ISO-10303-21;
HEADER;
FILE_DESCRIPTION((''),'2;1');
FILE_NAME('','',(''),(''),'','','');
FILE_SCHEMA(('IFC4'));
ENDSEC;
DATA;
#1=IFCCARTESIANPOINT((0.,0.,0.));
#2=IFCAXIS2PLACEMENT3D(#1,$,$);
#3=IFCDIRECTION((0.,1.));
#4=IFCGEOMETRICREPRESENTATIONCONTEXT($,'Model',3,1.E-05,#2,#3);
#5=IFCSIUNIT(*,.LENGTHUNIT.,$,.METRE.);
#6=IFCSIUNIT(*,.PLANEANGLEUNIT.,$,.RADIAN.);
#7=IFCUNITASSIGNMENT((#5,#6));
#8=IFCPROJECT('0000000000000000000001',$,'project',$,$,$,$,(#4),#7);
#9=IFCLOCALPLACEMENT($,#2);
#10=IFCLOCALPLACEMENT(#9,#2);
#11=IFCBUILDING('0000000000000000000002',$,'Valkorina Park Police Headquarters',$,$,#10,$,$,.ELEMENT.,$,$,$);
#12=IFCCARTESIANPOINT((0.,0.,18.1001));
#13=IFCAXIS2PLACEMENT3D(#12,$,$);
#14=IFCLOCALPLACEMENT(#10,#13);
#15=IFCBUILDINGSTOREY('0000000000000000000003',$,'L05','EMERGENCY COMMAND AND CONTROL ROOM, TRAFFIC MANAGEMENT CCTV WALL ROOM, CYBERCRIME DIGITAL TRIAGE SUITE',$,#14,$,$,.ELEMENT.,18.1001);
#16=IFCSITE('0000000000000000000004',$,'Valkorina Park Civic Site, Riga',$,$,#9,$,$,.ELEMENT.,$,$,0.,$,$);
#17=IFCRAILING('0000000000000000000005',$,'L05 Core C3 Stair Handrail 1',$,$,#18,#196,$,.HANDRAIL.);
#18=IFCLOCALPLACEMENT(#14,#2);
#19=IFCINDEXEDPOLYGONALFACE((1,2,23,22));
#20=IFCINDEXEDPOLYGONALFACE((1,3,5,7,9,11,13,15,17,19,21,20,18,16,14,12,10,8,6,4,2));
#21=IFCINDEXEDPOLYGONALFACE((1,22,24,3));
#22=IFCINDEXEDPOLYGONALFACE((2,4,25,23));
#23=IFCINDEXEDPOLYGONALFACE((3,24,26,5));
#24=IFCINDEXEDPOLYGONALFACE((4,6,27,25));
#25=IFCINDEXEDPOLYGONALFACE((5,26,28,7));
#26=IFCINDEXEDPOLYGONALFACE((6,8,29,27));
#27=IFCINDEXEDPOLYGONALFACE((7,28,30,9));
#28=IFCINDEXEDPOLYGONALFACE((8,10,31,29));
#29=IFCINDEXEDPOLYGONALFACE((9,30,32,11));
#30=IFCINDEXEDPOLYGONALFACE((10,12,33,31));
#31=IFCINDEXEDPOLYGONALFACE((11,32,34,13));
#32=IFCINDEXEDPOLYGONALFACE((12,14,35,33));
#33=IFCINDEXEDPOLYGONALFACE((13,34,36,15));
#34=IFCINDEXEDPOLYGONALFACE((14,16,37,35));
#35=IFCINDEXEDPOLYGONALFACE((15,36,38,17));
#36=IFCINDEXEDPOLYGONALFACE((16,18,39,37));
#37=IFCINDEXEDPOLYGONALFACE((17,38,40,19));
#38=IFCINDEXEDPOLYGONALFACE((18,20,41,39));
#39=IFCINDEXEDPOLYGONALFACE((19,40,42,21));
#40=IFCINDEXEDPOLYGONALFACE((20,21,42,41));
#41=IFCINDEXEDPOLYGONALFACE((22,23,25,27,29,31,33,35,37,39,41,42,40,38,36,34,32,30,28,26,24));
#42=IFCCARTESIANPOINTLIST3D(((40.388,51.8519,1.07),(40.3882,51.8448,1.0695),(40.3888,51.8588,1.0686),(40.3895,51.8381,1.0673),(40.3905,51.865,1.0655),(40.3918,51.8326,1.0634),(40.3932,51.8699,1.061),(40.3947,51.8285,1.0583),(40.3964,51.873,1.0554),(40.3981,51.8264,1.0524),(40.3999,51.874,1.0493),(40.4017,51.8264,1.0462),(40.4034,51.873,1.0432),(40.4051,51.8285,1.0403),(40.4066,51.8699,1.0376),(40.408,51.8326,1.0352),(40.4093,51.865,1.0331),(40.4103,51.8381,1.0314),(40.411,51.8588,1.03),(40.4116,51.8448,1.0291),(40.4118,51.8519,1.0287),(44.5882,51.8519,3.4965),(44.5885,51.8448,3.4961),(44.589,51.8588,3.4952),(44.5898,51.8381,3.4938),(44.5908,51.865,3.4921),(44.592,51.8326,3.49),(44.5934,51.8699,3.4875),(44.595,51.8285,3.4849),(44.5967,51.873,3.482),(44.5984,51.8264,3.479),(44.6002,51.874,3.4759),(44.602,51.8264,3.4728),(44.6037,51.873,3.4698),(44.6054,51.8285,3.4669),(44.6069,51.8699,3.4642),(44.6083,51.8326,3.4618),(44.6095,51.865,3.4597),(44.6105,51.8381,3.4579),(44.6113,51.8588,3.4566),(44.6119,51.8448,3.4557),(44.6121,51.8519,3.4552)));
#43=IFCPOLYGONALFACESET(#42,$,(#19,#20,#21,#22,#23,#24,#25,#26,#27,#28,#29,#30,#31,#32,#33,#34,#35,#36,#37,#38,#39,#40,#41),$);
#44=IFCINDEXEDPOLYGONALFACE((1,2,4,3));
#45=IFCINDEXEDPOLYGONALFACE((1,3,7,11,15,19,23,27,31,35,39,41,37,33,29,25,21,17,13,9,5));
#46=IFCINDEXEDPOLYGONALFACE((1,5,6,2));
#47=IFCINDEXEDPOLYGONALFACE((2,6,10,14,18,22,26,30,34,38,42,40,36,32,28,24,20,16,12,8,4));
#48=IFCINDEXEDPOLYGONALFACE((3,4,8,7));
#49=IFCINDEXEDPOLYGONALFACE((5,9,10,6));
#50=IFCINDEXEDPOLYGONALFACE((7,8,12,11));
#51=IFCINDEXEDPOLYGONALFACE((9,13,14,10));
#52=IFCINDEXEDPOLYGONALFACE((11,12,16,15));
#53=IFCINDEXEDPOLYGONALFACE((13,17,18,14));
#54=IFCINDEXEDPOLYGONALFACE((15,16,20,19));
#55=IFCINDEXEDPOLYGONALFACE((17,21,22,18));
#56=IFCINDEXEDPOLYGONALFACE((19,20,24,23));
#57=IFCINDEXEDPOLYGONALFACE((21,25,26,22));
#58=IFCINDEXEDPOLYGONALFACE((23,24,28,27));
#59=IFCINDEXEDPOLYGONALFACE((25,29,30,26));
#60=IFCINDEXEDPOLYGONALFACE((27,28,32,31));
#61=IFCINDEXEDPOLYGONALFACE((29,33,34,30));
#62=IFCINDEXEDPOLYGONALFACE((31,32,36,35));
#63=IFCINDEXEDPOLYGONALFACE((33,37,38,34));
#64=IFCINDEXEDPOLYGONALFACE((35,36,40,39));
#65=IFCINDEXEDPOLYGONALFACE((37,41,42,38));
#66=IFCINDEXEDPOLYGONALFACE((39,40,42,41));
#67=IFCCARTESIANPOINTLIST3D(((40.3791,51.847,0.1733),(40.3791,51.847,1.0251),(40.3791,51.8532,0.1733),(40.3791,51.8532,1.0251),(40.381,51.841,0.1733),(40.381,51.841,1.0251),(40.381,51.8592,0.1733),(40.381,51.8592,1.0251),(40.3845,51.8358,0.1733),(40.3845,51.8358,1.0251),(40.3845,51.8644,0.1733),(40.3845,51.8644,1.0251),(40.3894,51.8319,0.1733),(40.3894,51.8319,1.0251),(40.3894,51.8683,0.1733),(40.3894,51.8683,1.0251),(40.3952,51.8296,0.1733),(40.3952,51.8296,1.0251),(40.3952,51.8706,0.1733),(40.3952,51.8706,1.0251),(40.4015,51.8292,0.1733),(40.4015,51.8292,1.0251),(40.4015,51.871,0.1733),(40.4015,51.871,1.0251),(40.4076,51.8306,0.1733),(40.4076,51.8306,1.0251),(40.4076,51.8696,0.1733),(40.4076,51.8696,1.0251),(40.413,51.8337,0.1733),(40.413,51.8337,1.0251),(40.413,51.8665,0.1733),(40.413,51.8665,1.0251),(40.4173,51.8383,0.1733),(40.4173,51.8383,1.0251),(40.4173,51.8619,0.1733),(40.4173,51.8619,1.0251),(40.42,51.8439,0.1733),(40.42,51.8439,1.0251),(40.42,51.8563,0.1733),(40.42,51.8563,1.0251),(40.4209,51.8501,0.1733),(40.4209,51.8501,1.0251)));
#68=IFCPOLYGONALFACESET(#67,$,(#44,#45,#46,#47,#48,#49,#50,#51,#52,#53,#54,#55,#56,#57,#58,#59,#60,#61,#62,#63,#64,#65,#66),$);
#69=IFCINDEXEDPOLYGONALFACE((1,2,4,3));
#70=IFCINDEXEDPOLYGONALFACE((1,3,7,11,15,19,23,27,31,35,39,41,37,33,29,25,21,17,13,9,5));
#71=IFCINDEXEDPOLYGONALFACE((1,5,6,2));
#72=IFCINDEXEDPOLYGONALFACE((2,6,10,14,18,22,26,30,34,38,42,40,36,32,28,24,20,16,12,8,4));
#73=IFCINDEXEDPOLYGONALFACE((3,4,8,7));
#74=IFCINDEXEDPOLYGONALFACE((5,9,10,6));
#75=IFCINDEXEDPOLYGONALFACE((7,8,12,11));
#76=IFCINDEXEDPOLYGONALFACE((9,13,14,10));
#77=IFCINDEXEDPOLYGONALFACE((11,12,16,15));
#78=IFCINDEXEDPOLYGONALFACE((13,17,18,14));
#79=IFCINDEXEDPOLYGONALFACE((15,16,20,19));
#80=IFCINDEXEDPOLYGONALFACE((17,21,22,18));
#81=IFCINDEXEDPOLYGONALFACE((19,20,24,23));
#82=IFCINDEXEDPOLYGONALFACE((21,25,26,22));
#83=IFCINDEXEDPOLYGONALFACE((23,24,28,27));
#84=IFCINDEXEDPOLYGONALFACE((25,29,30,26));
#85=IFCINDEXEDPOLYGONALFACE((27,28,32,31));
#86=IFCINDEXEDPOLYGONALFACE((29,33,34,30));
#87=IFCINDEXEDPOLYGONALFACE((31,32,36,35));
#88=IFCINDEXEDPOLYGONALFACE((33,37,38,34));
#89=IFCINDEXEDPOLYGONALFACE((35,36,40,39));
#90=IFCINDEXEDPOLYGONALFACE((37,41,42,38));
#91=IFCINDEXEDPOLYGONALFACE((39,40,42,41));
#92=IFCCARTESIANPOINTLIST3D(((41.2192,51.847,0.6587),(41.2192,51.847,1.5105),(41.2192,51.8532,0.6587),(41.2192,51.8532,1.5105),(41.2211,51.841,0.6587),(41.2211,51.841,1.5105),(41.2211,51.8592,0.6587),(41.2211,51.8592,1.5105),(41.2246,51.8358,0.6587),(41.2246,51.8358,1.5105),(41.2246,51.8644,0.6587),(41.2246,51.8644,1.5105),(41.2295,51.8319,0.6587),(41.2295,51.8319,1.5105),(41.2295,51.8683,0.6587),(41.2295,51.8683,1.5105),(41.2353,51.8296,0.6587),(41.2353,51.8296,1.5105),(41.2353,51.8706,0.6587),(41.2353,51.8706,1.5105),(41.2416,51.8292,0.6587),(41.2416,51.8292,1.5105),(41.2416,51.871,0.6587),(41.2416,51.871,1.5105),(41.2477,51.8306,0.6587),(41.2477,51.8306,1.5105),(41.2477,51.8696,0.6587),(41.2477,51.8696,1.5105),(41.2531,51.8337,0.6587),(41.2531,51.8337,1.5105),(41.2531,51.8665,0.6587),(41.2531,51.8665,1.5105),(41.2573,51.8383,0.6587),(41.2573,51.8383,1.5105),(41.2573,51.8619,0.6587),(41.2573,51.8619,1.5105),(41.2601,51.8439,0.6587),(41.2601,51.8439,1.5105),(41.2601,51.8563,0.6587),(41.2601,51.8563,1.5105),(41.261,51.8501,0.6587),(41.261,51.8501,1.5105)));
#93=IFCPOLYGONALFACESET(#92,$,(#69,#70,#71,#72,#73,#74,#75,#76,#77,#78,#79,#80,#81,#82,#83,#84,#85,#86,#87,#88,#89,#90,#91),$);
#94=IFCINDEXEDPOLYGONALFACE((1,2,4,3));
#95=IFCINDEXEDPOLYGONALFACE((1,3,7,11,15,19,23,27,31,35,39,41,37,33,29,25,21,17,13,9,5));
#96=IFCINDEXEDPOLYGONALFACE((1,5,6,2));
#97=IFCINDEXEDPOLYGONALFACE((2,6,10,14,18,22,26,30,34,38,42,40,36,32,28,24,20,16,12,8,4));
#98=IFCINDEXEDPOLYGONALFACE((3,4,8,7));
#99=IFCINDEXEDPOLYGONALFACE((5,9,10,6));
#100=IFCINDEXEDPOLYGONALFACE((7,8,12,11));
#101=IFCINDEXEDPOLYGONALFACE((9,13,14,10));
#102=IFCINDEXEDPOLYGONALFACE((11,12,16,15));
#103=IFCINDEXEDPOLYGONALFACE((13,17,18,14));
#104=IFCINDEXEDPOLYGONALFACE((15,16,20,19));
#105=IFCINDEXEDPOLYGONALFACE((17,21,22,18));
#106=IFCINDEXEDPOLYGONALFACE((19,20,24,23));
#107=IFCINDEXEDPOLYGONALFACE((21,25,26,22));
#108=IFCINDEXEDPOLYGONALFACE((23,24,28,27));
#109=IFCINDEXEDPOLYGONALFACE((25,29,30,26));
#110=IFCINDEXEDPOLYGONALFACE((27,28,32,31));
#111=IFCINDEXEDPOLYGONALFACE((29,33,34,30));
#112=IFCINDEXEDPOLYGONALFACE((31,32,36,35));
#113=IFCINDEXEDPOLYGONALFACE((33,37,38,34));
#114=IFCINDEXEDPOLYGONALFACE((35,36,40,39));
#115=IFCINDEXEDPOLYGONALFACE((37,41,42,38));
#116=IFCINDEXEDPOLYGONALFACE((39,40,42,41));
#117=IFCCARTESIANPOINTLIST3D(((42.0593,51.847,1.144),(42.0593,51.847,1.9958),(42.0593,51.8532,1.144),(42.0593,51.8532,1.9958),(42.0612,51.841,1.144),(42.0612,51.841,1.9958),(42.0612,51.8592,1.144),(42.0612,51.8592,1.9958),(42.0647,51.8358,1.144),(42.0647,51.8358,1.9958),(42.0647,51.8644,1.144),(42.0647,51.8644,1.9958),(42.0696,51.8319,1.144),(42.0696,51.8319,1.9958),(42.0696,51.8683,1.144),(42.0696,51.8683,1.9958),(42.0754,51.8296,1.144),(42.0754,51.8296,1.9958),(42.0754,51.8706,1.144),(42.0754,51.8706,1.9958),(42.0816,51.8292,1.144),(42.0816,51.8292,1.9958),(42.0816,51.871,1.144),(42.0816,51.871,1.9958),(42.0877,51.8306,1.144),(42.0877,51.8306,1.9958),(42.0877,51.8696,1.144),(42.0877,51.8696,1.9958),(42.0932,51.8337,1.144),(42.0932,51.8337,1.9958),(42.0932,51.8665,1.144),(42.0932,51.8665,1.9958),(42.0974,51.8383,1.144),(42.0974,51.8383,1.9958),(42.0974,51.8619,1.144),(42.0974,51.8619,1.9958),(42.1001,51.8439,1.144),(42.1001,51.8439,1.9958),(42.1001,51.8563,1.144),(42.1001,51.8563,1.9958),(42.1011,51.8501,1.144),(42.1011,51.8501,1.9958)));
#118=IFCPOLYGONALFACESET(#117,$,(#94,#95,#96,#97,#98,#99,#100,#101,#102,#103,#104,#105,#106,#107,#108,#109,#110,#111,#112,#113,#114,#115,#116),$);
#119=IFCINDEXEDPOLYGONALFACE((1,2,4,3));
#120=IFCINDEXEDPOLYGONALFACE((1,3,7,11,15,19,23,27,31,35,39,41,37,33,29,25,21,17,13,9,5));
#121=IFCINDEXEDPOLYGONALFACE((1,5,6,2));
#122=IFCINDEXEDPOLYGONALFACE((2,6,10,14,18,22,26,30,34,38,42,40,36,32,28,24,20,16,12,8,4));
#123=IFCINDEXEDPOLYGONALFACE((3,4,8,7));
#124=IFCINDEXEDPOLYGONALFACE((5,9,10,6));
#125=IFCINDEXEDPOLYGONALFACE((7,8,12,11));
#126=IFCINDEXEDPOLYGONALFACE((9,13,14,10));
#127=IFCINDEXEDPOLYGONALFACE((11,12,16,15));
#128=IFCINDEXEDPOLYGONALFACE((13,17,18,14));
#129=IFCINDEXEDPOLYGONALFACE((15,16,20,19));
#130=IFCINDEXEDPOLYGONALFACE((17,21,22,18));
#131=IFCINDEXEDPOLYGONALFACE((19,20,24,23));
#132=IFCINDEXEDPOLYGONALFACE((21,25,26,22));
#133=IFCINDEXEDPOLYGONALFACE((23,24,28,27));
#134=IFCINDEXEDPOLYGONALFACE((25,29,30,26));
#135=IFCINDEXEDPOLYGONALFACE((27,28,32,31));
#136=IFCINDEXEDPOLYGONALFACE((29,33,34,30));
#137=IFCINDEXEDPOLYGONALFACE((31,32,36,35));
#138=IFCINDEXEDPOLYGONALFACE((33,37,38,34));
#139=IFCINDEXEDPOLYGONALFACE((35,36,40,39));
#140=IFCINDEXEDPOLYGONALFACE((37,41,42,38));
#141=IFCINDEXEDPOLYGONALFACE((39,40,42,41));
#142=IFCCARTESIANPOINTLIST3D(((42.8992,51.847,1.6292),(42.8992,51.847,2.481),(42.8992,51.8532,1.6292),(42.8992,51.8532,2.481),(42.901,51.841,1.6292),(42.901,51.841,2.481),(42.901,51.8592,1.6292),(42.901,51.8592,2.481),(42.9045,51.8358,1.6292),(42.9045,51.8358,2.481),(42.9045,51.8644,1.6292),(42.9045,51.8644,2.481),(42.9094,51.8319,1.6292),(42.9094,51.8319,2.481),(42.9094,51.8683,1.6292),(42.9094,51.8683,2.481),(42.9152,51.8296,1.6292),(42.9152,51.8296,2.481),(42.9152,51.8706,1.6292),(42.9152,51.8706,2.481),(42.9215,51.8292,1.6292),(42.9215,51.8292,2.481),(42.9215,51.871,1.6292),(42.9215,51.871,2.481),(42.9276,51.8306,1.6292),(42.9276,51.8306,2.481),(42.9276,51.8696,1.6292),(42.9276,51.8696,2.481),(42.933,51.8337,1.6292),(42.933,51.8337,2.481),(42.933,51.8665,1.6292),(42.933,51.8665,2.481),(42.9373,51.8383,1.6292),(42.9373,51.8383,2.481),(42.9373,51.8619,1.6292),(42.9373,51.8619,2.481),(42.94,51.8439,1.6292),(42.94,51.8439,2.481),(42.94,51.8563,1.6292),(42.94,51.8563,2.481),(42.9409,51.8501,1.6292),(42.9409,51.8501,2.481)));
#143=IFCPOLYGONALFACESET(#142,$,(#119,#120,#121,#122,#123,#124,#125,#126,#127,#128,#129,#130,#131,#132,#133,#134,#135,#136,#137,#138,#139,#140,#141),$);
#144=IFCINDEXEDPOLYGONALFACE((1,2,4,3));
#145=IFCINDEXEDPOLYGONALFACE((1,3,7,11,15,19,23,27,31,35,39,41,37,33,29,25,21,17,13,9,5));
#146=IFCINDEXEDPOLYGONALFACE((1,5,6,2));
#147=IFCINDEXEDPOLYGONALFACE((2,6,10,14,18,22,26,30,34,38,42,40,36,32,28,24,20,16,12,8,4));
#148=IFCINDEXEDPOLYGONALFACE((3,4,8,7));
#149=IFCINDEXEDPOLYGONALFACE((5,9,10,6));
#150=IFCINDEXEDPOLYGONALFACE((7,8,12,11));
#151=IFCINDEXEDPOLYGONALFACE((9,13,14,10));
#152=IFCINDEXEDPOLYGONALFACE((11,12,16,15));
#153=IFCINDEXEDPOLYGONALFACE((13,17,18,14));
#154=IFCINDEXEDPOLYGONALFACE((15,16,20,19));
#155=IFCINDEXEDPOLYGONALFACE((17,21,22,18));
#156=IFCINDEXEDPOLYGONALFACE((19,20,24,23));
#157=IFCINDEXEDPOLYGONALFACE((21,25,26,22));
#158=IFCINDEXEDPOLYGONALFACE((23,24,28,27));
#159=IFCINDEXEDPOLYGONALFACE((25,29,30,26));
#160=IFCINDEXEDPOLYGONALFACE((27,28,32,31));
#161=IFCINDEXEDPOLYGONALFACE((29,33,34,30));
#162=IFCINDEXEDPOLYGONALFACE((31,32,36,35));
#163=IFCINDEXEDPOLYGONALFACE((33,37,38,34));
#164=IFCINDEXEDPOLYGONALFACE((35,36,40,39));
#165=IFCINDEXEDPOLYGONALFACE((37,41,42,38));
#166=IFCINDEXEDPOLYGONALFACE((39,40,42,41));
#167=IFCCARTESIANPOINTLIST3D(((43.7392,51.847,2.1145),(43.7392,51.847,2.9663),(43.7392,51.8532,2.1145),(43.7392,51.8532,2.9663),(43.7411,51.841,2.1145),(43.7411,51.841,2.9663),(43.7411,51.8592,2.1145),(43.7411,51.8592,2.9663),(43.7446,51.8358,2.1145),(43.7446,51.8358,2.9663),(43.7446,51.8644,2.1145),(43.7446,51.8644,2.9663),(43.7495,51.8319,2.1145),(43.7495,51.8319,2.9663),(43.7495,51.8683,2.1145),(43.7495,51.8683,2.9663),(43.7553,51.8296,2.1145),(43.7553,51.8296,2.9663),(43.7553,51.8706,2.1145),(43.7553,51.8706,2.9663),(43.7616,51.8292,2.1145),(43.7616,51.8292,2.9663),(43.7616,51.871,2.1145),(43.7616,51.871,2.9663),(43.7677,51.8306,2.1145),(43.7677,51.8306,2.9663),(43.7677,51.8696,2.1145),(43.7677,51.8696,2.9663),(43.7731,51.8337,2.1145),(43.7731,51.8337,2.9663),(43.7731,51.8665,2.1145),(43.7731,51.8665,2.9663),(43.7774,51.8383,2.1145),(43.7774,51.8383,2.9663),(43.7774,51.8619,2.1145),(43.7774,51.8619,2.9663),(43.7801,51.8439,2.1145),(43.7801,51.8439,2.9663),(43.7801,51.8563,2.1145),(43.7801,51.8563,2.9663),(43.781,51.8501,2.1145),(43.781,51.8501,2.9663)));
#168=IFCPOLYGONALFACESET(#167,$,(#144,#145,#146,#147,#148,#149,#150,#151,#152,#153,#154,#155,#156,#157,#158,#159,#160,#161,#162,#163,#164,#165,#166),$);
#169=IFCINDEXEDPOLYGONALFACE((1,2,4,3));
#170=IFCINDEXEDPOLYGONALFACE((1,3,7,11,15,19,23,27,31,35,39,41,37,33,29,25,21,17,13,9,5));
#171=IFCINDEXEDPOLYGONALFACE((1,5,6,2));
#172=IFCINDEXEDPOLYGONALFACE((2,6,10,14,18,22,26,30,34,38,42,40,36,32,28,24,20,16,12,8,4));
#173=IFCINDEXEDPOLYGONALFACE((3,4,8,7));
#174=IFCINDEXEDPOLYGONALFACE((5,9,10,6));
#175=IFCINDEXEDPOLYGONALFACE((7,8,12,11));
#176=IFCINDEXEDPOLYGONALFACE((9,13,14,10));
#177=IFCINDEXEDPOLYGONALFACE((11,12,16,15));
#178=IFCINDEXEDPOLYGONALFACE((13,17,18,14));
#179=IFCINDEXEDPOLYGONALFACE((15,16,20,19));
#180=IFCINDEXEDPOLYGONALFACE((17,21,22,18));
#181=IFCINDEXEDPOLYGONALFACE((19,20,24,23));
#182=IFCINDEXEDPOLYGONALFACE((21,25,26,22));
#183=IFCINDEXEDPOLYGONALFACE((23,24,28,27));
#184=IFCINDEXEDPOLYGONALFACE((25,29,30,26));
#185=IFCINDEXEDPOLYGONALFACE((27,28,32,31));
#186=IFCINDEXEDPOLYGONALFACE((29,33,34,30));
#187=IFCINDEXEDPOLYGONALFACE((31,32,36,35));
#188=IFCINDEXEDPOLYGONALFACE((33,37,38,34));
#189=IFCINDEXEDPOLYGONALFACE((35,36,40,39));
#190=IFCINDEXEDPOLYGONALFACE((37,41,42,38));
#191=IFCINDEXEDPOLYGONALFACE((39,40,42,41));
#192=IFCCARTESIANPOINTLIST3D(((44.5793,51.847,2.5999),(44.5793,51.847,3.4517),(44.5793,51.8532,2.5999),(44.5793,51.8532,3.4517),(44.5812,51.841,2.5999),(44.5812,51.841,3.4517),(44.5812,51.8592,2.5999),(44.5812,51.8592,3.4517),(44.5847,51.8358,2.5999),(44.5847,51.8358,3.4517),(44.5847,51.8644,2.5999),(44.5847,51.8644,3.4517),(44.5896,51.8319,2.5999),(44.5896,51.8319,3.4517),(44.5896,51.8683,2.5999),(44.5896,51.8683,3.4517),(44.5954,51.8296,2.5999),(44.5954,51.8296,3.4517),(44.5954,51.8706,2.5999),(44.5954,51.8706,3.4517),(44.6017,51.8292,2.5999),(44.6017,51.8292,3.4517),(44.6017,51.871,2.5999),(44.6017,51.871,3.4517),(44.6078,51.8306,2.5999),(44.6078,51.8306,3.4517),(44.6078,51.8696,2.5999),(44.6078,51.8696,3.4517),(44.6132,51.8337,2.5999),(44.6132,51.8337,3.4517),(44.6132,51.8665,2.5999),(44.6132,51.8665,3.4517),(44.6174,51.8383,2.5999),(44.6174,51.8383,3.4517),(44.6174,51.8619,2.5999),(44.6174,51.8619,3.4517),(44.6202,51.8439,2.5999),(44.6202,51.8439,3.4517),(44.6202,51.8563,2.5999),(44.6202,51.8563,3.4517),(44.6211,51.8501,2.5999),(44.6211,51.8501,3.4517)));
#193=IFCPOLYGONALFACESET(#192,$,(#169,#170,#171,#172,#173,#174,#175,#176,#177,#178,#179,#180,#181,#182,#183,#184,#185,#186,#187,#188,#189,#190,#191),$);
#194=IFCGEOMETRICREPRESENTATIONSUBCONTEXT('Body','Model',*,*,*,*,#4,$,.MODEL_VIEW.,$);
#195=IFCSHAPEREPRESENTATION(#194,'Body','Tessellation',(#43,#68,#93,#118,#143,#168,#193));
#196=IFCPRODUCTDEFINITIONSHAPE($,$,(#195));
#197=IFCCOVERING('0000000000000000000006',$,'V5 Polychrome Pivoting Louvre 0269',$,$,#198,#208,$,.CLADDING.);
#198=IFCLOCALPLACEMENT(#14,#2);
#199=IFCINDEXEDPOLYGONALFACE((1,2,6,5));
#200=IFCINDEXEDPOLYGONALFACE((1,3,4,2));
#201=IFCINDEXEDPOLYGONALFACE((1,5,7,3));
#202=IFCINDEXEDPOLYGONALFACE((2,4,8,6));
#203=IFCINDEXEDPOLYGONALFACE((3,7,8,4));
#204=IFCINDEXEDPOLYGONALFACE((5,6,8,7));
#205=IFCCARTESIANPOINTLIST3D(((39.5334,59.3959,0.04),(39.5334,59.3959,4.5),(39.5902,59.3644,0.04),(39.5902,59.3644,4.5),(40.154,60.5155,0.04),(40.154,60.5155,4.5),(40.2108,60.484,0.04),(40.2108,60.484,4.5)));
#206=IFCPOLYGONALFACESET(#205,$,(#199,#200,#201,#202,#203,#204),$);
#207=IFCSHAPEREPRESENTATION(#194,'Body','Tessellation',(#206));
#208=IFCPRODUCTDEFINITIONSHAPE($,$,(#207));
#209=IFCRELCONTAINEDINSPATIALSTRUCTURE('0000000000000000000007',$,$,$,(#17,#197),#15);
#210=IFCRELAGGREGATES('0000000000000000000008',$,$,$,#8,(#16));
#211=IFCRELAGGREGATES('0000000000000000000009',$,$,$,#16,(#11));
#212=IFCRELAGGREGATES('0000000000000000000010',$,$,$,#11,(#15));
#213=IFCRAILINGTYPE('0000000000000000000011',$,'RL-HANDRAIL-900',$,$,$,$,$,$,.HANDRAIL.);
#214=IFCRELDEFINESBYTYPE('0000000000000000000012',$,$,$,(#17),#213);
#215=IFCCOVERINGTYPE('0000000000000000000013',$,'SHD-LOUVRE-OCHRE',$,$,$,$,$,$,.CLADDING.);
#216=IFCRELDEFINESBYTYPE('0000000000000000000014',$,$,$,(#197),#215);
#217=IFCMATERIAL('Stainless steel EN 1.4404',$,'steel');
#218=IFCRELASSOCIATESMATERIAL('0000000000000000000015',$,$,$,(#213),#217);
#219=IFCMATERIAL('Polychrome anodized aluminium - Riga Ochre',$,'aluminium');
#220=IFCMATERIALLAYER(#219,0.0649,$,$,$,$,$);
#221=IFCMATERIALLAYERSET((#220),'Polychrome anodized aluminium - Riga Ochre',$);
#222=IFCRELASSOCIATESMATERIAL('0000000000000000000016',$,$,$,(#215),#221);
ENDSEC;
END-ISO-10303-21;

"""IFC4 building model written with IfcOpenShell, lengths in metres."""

from ifc_helpers import new_model, si_unit, direction, frame, origin, origin_2d, place, context, subcontext, project, spatial, rectangle, circle, extrude, material, layer, layer_set, type_object, element, save


model = new_model("IFC4")

# Units and contexts
model_context = context("Model", 3, precision=1e-05, world=origin(), true_north=direction((0.0, 1.0)))
body_context = subcontext(model_context, "Body", "Model", "MODEL_VIEW")
ifc_project = project(units=[si_unit("LENGTHUNIT", "METRE"), si_unit("PLANEANGLEUNIT", "RADIAN")], contexts=[model_context])

# Site, building, storey
site_placement = place(None, origin())
site = spatial("IfcSite", under=ifc_project, at=site_placement, Name="Valkorina Park Civic Site, Riga", CompositionType="ELEMENT", RefElevation=0.0)
building_placement = place(site_placement, origin())
building = spatial("IfcBuilding", under=site, at=building_placement, Name="Valkorina Park Police Headquarters", CompositionType="ELEMENT")
storey_placement = place(building_placement, frame((0.0, 0.0, 18.1001)))
storey = spatial("IfcBuildingStorey", under=building, at=storey_placement, Name="L05", Description="EMERGENCY COMMAND AND CONTROL ROOM, TRAFFIC MANAGEMENT CCTV WALL ROOM, CYBERCRIME DIGITAL TRIAGE SUITE", CompositionType="ELEMENT", Elevation=18.1001)

# Railing
ifc_material_1 = material(Name="Stainless steel EN 1.4404", Category="steel")
railing_type_1 = type_object("IfcRailingType", Name="RL-HANDRAIL-900", PredefinedType="HANDRAIL", material=ifc_material_1)
railing_1_placement = place(storey_placement, frame((40.3999, 51.8501, 0.1733)))
element("IfcRailing", 1, at=railing_1_placement, inside=storey, type_object=railing_type_1, Name="L05 Core C3 Stair Handrail 1", PredefinedType="HANDRAIL", context=body_context, shape_type="SweptSolid", body=[
    extrude(circle(Radius=0.0239, at=origin_2d()), frame((0.0, 0.0, 0.876), z_axis=(0.865889, 0.0, 0.500237), x_axis=(0.0, 1.0, 0.0)), (0.0, 0.0, 1.0), 4.8508),
    extrude(circle(Radius=0.021, at=origin_2d()), origin(), (0.0, 0.0, 1.0), 0.8518),
    extrude(circle(Radius=0.021, at=origin_2d()), frame((0.8401, 0.0, 0.4854)), (0.0, 0.0, 1.0), 0.8518),
    extrude(circle(Radius=0.021, at=origin_2d()), frame((1.6802, 0.0, 0.9707)), (0.0, 0.0, 1.0), 0.8518),
    extrude(circle(Radius=0.021, at=origin_2d()), frame((2.52, 0.0, 1.4558)), (0.0, 0.0, 1.0), 0.8518),
    extrude(circle(Radius=0.021, at=origin_2d()), frame((3.3601, 0.0, 1.9412)), (0.0, 0.0, 1.0), 0.8518),
    extrude(circle(Radius=0.021, at=origin_2d()), frame((4.2002, 0.0, 2.4265)), (0.0, 0.0, 1.0), 0.8518),
])

# Covering
ifc_material_2 = material(Name="Polychrome anodized aluminium - Riga Ochre", Category="aluminium")
ifc_layer_1 = layer(ifc_material_2, 0.0649)
ifc_layer_set_1 = layer_set([ifc_layer_1], Name="Polychrome anodized aluminium - Riga Ochre")
covering_type_1 = type_object("IfcCoveringType", Name="SHD-LOUVRE-OCHRE", PredefinedType="CLADDING", material=ifc_layer_set_1)
covering_1_placement = place(storey_placement, frame((39.8721, 59.9399, 0.04), z_axis=(0.0, 0.0, 1.0), x_axis=(0.48481, 0.87462, 0.0)))
element("IfcCovering", 2, at=covering_1_placement, inside=storey, type_object=covering_type_1, Name="V5 Polychrome Pivoting Louvre 0269", PredefinedType="CLADDING", context=body_context, shape_type="SweptSolid", body=[
    extrude(rectangle(XDim=1.28, YDim=0.0649, at=origin_2d()), origin(), (0.0, 0.0, 1.0), 4.46),
])

save(model, "model.ifc")
